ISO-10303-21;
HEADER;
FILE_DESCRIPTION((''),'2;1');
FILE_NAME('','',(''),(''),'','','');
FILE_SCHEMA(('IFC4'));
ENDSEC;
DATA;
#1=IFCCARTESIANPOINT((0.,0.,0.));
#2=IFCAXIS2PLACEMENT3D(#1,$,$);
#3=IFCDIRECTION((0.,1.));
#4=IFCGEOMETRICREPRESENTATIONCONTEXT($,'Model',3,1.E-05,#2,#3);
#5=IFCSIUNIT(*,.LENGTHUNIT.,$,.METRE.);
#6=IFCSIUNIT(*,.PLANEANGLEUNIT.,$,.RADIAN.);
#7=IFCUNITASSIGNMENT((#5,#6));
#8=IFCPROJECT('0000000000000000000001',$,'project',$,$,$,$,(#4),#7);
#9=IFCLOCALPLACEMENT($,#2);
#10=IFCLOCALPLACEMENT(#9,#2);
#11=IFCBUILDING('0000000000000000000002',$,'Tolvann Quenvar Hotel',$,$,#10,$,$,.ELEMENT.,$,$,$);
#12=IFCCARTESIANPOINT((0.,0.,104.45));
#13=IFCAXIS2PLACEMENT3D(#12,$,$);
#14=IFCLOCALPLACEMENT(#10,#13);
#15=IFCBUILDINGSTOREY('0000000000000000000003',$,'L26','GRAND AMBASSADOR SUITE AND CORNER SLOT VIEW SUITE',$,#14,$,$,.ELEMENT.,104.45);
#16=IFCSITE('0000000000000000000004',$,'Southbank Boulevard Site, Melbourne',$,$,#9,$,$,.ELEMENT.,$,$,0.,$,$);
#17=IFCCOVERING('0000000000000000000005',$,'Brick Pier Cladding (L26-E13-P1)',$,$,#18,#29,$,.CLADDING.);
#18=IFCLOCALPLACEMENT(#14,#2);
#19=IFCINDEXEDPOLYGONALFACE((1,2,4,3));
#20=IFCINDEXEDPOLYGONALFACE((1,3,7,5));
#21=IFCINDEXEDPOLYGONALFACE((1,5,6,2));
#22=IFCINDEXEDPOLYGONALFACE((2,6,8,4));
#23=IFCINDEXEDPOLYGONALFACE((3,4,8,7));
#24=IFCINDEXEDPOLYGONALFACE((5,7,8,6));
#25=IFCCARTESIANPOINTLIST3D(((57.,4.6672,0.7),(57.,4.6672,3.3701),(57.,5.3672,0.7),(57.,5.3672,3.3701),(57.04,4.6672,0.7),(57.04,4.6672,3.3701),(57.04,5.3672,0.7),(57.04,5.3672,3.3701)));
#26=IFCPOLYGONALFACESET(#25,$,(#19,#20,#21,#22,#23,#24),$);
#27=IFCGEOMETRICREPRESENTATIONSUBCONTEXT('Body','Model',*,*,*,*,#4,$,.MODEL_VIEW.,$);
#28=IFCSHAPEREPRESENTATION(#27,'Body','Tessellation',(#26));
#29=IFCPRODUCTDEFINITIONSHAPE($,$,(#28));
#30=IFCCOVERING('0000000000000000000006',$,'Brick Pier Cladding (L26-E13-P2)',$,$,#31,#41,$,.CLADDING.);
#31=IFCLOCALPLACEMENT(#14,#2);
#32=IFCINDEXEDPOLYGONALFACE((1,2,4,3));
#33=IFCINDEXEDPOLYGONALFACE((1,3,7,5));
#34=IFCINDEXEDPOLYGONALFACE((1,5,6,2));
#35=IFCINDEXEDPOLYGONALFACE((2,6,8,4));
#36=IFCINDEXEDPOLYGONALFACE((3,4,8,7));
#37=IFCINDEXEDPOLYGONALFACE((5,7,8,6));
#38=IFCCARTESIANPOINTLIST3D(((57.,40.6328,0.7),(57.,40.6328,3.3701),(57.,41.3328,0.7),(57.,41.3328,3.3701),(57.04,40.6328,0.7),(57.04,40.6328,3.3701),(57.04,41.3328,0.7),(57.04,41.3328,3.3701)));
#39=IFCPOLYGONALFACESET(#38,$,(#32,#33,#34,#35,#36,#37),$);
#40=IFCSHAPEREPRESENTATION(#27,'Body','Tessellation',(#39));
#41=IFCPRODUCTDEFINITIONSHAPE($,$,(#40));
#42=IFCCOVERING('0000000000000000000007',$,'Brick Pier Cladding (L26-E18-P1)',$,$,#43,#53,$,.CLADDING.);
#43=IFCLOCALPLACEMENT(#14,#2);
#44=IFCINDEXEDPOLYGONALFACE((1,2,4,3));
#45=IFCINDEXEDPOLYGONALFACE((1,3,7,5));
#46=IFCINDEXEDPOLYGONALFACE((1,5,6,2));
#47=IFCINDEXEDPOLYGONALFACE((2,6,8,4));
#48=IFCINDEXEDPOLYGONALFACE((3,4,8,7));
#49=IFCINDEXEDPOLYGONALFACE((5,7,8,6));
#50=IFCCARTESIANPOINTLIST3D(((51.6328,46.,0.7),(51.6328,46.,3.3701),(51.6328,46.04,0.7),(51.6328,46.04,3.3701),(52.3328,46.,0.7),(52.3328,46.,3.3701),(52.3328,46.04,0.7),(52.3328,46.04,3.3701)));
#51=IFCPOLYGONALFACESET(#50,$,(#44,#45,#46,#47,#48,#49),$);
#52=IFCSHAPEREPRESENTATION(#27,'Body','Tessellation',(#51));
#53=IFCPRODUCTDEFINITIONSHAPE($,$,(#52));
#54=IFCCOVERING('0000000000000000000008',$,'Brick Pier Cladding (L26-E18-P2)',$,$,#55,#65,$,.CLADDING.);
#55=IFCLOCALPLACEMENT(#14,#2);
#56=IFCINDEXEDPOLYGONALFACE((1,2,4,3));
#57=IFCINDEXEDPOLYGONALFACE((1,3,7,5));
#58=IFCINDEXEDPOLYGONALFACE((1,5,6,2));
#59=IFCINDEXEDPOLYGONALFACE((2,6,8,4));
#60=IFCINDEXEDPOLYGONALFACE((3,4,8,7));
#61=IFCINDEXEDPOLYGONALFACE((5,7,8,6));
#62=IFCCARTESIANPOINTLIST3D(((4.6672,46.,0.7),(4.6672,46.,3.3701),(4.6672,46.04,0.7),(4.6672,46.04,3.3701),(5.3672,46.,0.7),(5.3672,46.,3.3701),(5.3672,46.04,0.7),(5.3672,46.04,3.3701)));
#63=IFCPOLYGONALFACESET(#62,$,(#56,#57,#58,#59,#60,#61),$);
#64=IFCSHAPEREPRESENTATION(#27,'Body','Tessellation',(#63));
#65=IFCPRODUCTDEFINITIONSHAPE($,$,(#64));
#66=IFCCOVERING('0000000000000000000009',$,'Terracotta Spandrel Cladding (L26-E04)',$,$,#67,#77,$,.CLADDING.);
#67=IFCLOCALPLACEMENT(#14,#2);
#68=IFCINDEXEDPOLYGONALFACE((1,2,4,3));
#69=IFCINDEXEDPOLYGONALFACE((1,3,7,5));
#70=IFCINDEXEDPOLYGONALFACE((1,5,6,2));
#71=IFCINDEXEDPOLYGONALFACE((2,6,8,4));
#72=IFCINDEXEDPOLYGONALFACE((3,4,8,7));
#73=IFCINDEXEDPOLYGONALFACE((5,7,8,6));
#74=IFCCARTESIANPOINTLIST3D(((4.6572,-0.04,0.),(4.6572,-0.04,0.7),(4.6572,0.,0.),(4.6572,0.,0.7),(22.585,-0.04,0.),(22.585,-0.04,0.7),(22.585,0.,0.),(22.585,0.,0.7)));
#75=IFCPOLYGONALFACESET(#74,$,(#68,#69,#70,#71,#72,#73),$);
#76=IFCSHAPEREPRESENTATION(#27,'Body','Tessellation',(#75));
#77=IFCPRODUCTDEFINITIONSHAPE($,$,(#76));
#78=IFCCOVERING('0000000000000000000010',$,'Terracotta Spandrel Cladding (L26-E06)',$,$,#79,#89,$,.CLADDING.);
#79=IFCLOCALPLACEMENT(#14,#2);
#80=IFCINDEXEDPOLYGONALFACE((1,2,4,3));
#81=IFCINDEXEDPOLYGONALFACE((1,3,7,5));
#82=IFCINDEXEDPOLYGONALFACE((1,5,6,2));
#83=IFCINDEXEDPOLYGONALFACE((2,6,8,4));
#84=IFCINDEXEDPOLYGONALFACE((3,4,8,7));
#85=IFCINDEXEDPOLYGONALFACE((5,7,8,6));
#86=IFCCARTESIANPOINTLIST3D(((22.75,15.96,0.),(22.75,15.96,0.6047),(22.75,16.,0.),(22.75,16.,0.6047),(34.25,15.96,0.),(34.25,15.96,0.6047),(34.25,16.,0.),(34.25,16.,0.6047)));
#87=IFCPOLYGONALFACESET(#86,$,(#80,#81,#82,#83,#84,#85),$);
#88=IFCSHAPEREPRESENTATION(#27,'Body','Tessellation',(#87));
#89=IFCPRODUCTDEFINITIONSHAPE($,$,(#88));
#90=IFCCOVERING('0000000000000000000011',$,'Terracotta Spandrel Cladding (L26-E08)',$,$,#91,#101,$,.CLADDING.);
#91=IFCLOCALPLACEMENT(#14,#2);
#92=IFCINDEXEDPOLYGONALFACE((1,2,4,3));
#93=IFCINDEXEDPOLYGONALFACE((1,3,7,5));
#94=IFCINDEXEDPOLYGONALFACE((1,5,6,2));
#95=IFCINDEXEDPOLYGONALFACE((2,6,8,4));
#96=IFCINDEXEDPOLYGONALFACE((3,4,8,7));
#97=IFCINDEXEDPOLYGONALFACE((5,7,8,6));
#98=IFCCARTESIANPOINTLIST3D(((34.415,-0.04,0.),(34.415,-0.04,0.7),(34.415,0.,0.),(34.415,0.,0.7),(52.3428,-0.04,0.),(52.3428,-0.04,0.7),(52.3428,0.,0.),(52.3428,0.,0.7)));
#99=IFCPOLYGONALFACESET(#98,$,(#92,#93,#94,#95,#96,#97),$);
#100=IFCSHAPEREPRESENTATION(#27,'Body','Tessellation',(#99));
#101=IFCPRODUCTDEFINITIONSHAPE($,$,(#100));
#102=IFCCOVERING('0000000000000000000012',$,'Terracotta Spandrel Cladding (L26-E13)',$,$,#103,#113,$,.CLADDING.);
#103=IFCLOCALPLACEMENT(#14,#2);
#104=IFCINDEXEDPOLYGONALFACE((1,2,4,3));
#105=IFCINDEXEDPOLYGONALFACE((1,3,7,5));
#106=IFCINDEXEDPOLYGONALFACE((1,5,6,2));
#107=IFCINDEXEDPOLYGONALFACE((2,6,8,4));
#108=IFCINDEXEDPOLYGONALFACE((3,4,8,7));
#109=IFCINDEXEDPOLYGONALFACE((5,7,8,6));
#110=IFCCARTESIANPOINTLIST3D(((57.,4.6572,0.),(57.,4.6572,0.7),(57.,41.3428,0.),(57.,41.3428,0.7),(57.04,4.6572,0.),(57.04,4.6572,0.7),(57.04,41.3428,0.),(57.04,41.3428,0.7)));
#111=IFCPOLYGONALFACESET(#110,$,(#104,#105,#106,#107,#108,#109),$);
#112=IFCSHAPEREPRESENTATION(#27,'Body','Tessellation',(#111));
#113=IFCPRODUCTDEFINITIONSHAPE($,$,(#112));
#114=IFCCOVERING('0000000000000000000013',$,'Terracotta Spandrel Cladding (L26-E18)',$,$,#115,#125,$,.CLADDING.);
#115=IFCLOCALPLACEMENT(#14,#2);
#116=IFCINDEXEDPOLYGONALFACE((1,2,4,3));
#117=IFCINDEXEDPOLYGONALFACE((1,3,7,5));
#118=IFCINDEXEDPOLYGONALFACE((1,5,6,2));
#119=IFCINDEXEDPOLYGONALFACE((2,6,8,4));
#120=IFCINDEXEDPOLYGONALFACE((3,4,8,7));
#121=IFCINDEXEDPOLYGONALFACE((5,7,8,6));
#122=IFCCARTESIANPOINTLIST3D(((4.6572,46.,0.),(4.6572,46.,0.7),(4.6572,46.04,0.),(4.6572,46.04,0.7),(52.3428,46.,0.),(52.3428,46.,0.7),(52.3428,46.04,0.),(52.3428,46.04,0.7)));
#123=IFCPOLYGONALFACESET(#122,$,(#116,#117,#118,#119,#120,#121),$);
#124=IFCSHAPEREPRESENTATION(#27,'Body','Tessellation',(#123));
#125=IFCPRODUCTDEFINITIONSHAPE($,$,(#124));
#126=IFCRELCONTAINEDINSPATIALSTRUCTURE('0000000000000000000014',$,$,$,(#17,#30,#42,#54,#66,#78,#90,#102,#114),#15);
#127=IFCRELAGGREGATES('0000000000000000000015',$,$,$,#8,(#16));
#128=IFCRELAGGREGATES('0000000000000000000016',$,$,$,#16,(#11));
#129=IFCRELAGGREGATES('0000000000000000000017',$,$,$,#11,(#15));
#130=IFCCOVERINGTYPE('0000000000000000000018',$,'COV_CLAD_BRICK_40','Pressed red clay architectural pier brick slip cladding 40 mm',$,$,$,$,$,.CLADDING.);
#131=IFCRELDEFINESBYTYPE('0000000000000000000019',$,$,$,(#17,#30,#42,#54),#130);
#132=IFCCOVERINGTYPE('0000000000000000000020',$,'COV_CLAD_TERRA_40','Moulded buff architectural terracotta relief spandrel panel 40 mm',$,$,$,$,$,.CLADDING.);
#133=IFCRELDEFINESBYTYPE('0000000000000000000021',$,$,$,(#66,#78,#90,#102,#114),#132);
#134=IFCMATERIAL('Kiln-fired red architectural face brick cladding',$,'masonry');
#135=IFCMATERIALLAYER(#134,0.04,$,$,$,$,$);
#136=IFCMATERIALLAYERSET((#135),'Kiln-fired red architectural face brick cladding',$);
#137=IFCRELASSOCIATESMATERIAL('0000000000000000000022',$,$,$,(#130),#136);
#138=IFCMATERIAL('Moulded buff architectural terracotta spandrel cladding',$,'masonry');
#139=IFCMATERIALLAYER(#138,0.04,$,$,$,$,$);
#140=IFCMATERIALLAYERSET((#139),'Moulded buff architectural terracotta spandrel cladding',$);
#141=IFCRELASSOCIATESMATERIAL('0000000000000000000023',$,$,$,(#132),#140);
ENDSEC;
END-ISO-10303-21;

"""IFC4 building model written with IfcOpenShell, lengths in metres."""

from ifc_helpers import new_model, si_unit, direction, frame, origin, place, context, subcontext, project, spatial, polyline, outline, extrude, material, layer, layer_set, type_object, element, save


model = new_model("IFC4")

# Units and contexts
model_context = context("Model", 3, precision=1e-05, world=origin(), true_north=direction((0.0, 1.0)))
body_context = subcontext(model_context, "Body", "Model", "MODEL_VIEW")
ifc_project = project(units=[si_unit("LENGTHUNIT", "METRE"), si_unit("PLANEANGLEUNIT", "RADIAN")], contexts=[model_context])

# Site, building, storey
site_placement = place(None, origin())
site = spatial("IfcSite", under=ifc_project, at=site_placement, Name="Southbank Boulevard Site, Melbourne", CompositionType="ELEMENT", RefElevation=0.0)
building_placement = place(site_placement, origin())
building = spatial("IfcBuilding", under=site, at=building_placement, Name="Tolvann Quenvar Hotel", CompositionType="ELEMENT")
storey_placement = place(building_placement, frame((0.0, 0.0, 104.45)))
storey = spatial("IfcBuildingStorey", under=building, at=storey_placement, Name="L26", Description="GRAND AMBASSADOR SUITE AND CORNER SLOT VIEW SUITE", CompositionType="ELEMENT", Elevation=104.45)

# Coverings
ifc_material_1 = material(Name="Kiln-fired red architectural face brick cladding", Category="masonry")
ifc_layer_1 = layer(ifc_material_1, 0.04)
ifc_layer_set_1 = layer_set([ifc_layer_1], Name="Kiln-fired red architectural face brick cladding")
covering_type_1 = type_object("IfcCoveringType", Name="COV_CLAD_BRICK_40", Description="Pressed red clay architectural pier brick slip cladding 40 mm", PredefinedType="CLADDING", material=ifc_layer_set_1)
covering_1_placement = place(storey_placement, frame((0.0, 0.0, 0.7)))
element("IfcCovering", 1, at=covering_1_placement, inside=storey, type_object=covering_type_1, Name="Brick Pier Cladding (L26-E13-P1)", PredefinedType="CLADDING", context=body_context, shape_type="SweptSolid", body=[
    extrude(outline(polyline([(57.0, 4.6672), (57.0, 5.3672), (57.04, 5.3672), (57.04, 4.6672), (57.0, 4.6672)])), origin(), (0.0, 0.0, 1.0), 2.6702),
])
covering_2_placement = place(storey_placement, frame((0.0, 0.0, 0.7)))
element("IfcCovering", 2, at=covering_2_placement, inside=storey, type_object=covering_type_1, Name="Brick Pier Cladding (L26-E13-P2)", PredefinedType="CLADDING", context=body_context, shape_type="SweptSolid", body=[
    extrude(outline(polyline([(57.0, 40.6328), (57.0, 41.3328), (57.04, 41.3328), (57.04, 40.6328), (57.0, 40.6328)])), origin(), (0.0, 0.0, 1.0), 2.6702),
])
covering_3_placement = place(storey_placement, frame((0.0, 0.0, 0.7)))
element("IfcCovering", 3, at=covering_3_placement, inside=storey, type_object=covering_type_1, Name="Brick Pier Cladding (L26-E18-P1)", PredefinedType="CLADDING", context=body_context, shape_type="SweptSolid", body=[
    extrude(outline(polyline([(52.3328, 46.0), (51.6328, 46.0), (51.6328, 46.04), (52.3328, 46.04), (52.3328, 46.0)])), origin(), (0.0, 0.0, 1.0), 2.6702),
])
covering_4_placement = place(storey_placement, frame((0.0, 0.0, 0.7)))
element("IfcCovering", 4, at=covering_4_placement, inside=storey, type_object=covering_type_1, Name="Brick Pier Cladding (L26-E18-P2)", PredefinedType="CLADDING", context=body_context, shape_type="SweptSolid", body=[
    extrude(outline(polyline([(5.3672, 46.0), (4.6672, 46.0), (4.6672, 46.04), (5.3672, 46.04), (5.3672, 46.0)])), origin(), (0.0, 0.0, 1.0), 2.6702),
])
ifc_material_2 = material(Name="Moulded buff architectural terracotta spandrel cladding", Category="masonry")
ifc_layer_2 = layer(ifc_material_2, 0.04)
ifc_layer_set_2 = layer_set([ifc_layer_2], Name="Moulded buff architectural terracotta spandrel cladding")
covering_type_2 = type_object("IfcCoveringType", Name="COV_CLAD_TERRA_40", Description="Moulded buff architectural terracotta relief spandrel panel 40 mm", PredefinedType="CLADDING", material=ifc_layer_set_2)
covering_5_placement = place(storey_placement, origin())
element("IfcCovering", 5, at=covering_5_placement, inside=storey, type_object=covering_type_2, Name="Terracotta Spandrel Cladding (L26-E04)", PredefinedType="CLADDING", context=body_context, shape_type="SweptSolid", body=[
    extrude(outline(polyline([(4.6572, 0.0), (22.585, 0.0), (22.585, -0.04), (4.6572, -0.04), (4.6572, 0.0)])), origin(), (0.0, 0.0, 1.0), 0.7),
])
covering_6_placement = place(storey_placement, origin())
element("IfcCovering", 6, at=covering_6_placement, inside=storey, type_object=covering_type_2, Name="Terracotta Spandrel Cladding (L26-E06)", PredefinedType="CLADDING", context=body_context, shape_type="SweptSolid", body=[
    extrude(outline(polyline([(22.75, 16.0), (34.25, 16.0), (34.25, 15.96), (22.75, 15.96), (22.75, 16.0)])), origin(), (0.0, 0.0, 1.0), 0.6047),
])
covering_7_placement = place(storey_placement, origin())
element("IfcCovering", 7, at=covering_7_placement, inside=storey, type_object=covering_type_2, Name="Terracotta Spandrel Cladding (L26-E08)", PredefinedType="CLADDING", context=body_context, shape_type="SweptSolid", body=[
    extrude(outline(polyline([(34.415, 0.0), (52.3428, 0.0), (52.3428, -0.04), (34.415, -0.04), (34.415, 0.0)])), origin(), (0.0, 0.0, 1.0), 0.7),
])
covering_8_placement = place(storey_placement, origin())
element("IfcCovering", 8, at=covering_8_placement, inside=storey, type_object=covering_type_2, Name="Terracotta Spandrel Cladding (L26-E13)", PredefinedType="CLADDING", context=body_context, shape_type="SweptSolid", body=[
    extrude(outline(polyline([(57.0, 4.6572), (57.0, 41.3428), (57.04, 41.3428), (57.04, 4.6572), (57.0, 4.6572)])), origin(), (0.0, 0.0, 1.0), 0.7),
])
covering_9_placement = place(storey_placement, origin())
element("IfcCovering", 9, at=covering_9_placement, inside=storey, type_object=covering_type_2, Name="Terracotta Spandrel Cladding (L26-E18)", PredefinedType="CLADDING", context=body_context, shape_type="SweptSolid", body=[
    extrude(outline(polyline([(52.3428, 46.0), (4.6572, 46.0), (4.6572, 46.04), (52.3428, 46.04), (52.3428, 46.0)])), origin(), (0.0, 0.0, 1.0), 0.7),
])

save(model, "model.ifc")
